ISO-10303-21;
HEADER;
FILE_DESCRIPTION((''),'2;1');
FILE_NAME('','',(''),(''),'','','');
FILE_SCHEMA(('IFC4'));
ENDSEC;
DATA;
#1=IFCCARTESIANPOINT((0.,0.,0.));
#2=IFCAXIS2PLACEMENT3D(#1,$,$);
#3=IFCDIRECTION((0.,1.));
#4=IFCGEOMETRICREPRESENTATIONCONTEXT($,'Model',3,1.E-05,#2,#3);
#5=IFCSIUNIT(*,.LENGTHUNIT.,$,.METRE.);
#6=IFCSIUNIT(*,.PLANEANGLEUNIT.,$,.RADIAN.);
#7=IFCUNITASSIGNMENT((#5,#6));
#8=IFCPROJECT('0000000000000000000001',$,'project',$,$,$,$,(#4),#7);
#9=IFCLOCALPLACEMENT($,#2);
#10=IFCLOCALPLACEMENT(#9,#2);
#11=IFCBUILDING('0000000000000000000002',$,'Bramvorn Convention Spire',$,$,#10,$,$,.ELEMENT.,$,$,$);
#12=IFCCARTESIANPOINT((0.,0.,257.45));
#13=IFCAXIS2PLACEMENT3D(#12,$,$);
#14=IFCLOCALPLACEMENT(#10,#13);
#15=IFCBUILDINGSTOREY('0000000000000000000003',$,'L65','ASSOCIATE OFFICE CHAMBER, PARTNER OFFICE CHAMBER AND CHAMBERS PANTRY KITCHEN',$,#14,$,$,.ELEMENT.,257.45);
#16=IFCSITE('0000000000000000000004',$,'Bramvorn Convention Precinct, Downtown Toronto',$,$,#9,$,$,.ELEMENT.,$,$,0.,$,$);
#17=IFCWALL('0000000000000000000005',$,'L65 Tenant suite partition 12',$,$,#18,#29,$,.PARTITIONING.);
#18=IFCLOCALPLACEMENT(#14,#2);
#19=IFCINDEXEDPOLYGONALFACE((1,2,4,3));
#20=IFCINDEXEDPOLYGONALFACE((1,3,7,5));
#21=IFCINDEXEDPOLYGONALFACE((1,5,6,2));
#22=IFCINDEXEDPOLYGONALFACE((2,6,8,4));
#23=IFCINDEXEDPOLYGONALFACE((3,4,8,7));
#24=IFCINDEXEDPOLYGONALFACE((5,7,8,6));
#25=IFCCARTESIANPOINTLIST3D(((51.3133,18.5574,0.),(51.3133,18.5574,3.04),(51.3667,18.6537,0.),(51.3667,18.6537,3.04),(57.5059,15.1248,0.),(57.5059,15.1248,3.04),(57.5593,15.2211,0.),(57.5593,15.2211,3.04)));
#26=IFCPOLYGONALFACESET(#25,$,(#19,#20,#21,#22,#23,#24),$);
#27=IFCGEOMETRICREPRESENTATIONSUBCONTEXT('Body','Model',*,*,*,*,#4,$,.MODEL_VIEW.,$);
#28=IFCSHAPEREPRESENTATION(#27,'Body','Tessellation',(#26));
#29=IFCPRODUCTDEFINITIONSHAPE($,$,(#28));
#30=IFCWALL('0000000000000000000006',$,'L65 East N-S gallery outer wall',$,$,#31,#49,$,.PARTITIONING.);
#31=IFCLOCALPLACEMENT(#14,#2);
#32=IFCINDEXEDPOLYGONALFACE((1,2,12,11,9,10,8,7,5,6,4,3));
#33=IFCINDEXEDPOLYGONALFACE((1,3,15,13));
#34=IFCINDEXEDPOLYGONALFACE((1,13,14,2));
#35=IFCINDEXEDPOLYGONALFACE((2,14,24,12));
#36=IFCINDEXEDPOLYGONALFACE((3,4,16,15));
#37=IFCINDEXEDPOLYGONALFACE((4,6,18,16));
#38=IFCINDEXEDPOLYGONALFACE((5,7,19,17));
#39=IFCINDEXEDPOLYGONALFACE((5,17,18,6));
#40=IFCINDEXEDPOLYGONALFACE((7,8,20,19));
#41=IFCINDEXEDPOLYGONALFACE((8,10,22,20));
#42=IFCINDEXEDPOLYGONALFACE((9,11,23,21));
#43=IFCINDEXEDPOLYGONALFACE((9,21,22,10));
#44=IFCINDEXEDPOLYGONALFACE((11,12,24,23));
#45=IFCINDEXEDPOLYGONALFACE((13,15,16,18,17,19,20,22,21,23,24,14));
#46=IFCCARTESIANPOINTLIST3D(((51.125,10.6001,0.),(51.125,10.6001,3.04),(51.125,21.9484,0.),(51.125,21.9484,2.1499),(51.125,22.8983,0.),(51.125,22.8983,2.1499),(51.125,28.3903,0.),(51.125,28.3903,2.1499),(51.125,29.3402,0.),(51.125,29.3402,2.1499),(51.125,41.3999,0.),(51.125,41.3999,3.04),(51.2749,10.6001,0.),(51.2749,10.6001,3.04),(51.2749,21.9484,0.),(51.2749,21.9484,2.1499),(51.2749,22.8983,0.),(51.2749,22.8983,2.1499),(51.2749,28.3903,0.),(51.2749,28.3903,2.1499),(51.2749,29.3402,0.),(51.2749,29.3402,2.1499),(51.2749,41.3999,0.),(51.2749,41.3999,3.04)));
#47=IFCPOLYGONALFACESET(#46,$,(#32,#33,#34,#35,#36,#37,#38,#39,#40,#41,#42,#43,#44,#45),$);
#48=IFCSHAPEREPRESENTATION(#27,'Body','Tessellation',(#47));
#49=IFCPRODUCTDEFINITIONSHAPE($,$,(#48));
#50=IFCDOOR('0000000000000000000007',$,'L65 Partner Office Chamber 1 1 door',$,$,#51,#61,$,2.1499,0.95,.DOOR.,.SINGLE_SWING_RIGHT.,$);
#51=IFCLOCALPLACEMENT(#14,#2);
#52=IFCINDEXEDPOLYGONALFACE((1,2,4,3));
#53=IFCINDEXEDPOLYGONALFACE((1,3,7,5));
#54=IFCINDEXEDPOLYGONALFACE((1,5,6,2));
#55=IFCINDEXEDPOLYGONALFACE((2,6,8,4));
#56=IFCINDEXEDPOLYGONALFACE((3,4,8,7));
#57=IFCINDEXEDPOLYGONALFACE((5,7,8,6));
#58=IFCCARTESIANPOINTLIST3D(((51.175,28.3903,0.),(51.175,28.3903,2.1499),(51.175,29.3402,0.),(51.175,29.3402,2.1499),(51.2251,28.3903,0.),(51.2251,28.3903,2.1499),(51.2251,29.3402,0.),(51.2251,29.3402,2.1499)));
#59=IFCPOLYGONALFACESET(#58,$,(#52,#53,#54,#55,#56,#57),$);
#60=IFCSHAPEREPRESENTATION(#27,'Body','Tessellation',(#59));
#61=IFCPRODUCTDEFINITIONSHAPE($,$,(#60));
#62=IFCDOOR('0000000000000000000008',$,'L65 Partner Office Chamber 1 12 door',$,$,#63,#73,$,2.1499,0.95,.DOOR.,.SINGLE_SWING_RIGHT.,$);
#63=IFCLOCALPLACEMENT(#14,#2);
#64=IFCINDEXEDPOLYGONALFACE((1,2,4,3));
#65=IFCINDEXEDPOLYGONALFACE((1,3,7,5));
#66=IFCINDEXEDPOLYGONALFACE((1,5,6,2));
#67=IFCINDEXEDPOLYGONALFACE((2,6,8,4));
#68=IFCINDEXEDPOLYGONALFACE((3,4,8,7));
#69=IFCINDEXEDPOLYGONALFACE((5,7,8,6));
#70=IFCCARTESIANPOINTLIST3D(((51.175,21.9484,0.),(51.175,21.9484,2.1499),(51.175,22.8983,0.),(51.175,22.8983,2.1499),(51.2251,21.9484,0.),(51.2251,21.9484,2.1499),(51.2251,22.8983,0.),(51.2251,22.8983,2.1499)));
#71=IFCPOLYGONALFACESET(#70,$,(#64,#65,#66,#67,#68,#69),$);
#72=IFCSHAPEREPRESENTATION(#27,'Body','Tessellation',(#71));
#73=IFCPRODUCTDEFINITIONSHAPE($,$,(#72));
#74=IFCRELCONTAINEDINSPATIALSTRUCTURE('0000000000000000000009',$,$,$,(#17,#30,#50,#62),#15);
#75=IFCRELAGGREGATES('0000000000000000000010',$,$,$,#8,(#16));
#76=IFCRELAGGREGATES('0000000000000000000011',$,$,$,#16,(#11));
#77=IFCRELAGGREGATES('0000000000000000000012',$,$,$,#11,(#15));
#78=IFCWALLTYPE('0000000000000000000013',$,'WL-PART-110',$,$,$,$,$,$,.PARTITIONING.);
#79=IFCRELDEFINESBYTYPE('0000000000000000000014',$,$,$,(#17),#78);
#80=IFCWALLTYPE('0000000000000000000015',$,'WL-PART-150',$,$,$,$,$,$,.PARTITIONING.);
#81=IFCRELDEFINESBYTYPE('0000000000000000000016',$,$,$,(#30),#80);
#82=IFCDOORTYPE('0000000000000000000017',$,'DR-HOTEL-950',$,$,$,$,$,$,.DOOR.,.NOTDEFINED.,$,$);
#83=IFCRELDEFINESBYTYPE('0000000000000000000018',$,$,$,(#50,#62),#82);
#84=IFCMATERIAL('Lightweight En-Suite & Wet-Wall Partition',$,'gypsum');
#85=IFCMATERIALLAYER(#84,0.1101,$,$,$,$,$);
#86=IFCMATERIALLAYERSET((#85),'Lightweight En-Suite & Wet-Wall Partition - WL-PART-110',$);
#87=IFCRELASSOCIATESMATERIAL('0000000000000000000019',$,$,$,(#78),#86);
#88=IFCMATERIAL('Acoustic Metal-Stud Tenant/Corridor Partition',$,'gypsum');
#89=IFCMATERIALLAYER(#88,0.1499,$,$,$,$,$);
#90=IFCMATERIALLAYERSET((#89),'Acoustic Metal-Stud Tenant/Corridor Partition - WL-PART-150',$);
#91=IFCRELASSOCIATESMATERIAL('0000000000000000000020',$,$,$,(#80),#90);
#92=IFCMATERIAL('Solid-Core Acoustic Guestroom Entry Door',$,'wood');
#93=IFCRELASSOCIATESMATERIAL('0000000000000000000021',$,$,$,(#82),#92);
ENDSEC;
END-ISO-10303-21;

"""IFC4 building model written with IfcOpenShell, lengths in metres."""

from ifc_helpers import new_model, si_unit, direction, frame, frame_2d, origin, place, context, subcontext, project, spatial, rectangle, extrude, material, layer, layer_set, type_object, element, fill, save


model = new_model("IFC4")

# Units and contexts
model_context = context("Model", 3, precision=1e-05, world=origin(), true_north=direction((0.0, 1.0)))
body_context = subcontext(model_context, "Body", "Model", "MODEL_VIEW")
ifc_project = project(units=[si_unit("LENGTHUNIT", "METRE"), si_unit("PLANEANGLEUNIT", "RADIAN")], contexts=[model_context])

# Site, building, storey
site_placement = place(None, origin())
site = spatial("IfcSite", under=ifc_project, at=site_placement, Name="Bramvorn Convention Precinct, Downtown Toronto", CompositionType="ELEMENT", RefElevation=0.0)
building_placement = place(site_placement, origin())
building = spatial("IfcBuilding", under=site, at=building_placement, Name="Bramvorn Convention Spire", CompositionType="ELEMENT")
storey_placement = place(building_placement, frame((0.0, 0.0, 257.45)))
storey = spatial("IfcBuildingStorey", under=building, at=storey_placement, Name="L65", Description="ASSOCIATE OFFICE CHAMBER, PARTNER OFFICE CHAMBER AND CHAMBERS PANTRY KITCHEN", CompositionType="ELEMENT", Elevation=257.45)

# Wall
ifc_material_1 = material(Name="Lightweight En-Suite & Wet-Wall Partition", Category="gypsum")
ifc_layer_1 = layer(ifc_material_1, 0.1101)
ifc_layer_set_1 = layer_set([ifc_layer_1], Name="Lightweight En-Suite & Wet-Wall Partition - WL-PART-110")
wall_type_1 = type_object("IfcWallType", Name="WL-PART-110", PredefinedType="PARTITIONING", material=ifc_layer_set_1)
wall_1_placement = place(storey_placement, frame((51.3401, 18.6055, 0.0), z_axis=(0.0, 0.0, 1.0), x_axis=(0.87462, -0.484808, 0.0)))
element("IfcWall", 1, at=wall_1_placement, inside=storey, type_object=wall_type_1, Name="L65 Tenant suite partition 12", PredefinedType="PARTITIONING", context=body_context, shape_type="SweptSolid", body=[
    extrude(rectangle(XDim=7.0803, YDim=0.1101, at=frame_2d((3.54, 0.0))), origin(), (0.0, 0.0, 1.0), 3.04),
])

# Wall, openings, doors
ifc_material_2 = material(Name="Acoustic Metal-Stud Tenant/Corridor Partition", Category="gypsum")
ifc_layer_2 = layer(ifc_material_2, 0.1499)
ifc_layer_set_2 = layer_set([ifc_layer_2], Name="Acoustic Metal-Stud Tenant/Corridor Partition - WL-PART-150")
wall_type_2 = type_object("IfcWallType", Name="WL-PART-150", PredefinedType="PARTITIONING", material=ifc_layer_set_2)
wall_2_placement = place(storey_placement, frame((51.2, 10.6001, 0.0), z_axis=(0.0, 0.0, 1.0), x_axis=(0.0, 1.0, 0.0)))
wall_2 = element("IfcWall", 2, at=wall_2_placement, inside=storey, type_object=wall_type_2, Name="L65 East N-S gallery outer wall", PredefinedType="PARTITIONING", context=body_context, shape_type="SweptSolid", body=[
    extrude(rectangle(XDim=30.7998, YDim=0.1499, at=frame_2d((15.3999, 0.0))), origin(), (0.0, 0.0, 1.0), 3.04),
])
opening_1_placement = place(wall_2_placement, frame((17.79, 0.0, 0.0)))
opening_1 = element("IfcOpeningElement", 3, at=opening_1_placement, cuts=wall_2, PredefinedType="OPENING", context=body_context, shape_type="SweptSolid", body=[
    extrude(rectangle(XDim=0.95, YDim=2.1499, at=frame_2d((0.4751, 1.075))), frame((0.0, 0.085, 0.0), z_axis=(0.0, -1.0, 0.0), x_axis=(1.0, 0.0, 0.0)), (0.0, 0.0, 1.0), 0.1699),
])
opening_2_placement = place(wall_2_placement, frame((11.3481, 0.0, 0.0)))
opening_2 = element("IfcOpeningElement", 4, at=opening_2_placement, cuts=wall_2, PredefinedType="OPENING", context=body_context, shape_type="SweptSolid", body=[
    extrude(rectangle(XDim=0.95, YDim=2.1499, at=frame_2d((0.4751, 1.075))), frame((0.0, 0.085, 0.0), z_axis=(0.0, -1.0, 0.0), x_axis=(1.0, 0.0, 0.0)), (0.0, 0.0, 1.0), 0.1699),
])
ifc_material_3 = material(Name="Solid-Core Acoustic Guestroom Entry Door", Category="wood")
door_type = type_object("IfcDoorType", Name="DR-HOTEL-950", OperationType="NOTDEFINED", PredefinedType="DOOR", material=ifc_material_3)
door_1_placement = place(opening_1_placement, origin())
door_1 = element("IfcDoor", 5, at=door_1_placement, inside=storey, type_object=door_type, Name="L65 Partner Office Chamber 1 1 door", OperationType="SINGLE_SWING_RIGHT", OverallHeight=2.1499, OverallWidth=0.95, PredefinedType="DOOR", context=body_context, shape_type="SweptSolid", body=[
    extrude(rectangle(XDim=0.95, YDim=2.1499, at=frame_2d((0.4751, 1.075))), frame((0.0, 0.0249, 0.0), z_axis=(0.0, -1.0, 0.0), x_axis=(1.0, 0.0, 0.0)), (0.0, 0.0, 1.0), 0.05),
])
fill(opening_1, door_1)
door_2_placement = place(opening_2_placement, origin())
door_2 = element("IfcDoor", 6, at=door_2_placement, inside=storey, type_object=door_type, Name="L65 Partner Office Chamber 1 12 door", OperationType="SINGLE_SWING_RIGHT", OverallHeight=2.1499, OverallWidth=0.95, PredefinedType="DOOR", context=body_context, shape_type="SweptSolid", body=[
    extrude(rectangle(XDim=0.95, YDim=2.1499, at=frame_2d((0.4751, 1.075))), frame((0.0, 0.0249, 0.0), z_axis=(0.0, -1.0, 0.0), x_axis=(1.0, 0.0, 0.0)), (0.0, 0.0, 1.0), 0.05),
])
fill(opening_2, door_2)

save(model, "model.ifc")
